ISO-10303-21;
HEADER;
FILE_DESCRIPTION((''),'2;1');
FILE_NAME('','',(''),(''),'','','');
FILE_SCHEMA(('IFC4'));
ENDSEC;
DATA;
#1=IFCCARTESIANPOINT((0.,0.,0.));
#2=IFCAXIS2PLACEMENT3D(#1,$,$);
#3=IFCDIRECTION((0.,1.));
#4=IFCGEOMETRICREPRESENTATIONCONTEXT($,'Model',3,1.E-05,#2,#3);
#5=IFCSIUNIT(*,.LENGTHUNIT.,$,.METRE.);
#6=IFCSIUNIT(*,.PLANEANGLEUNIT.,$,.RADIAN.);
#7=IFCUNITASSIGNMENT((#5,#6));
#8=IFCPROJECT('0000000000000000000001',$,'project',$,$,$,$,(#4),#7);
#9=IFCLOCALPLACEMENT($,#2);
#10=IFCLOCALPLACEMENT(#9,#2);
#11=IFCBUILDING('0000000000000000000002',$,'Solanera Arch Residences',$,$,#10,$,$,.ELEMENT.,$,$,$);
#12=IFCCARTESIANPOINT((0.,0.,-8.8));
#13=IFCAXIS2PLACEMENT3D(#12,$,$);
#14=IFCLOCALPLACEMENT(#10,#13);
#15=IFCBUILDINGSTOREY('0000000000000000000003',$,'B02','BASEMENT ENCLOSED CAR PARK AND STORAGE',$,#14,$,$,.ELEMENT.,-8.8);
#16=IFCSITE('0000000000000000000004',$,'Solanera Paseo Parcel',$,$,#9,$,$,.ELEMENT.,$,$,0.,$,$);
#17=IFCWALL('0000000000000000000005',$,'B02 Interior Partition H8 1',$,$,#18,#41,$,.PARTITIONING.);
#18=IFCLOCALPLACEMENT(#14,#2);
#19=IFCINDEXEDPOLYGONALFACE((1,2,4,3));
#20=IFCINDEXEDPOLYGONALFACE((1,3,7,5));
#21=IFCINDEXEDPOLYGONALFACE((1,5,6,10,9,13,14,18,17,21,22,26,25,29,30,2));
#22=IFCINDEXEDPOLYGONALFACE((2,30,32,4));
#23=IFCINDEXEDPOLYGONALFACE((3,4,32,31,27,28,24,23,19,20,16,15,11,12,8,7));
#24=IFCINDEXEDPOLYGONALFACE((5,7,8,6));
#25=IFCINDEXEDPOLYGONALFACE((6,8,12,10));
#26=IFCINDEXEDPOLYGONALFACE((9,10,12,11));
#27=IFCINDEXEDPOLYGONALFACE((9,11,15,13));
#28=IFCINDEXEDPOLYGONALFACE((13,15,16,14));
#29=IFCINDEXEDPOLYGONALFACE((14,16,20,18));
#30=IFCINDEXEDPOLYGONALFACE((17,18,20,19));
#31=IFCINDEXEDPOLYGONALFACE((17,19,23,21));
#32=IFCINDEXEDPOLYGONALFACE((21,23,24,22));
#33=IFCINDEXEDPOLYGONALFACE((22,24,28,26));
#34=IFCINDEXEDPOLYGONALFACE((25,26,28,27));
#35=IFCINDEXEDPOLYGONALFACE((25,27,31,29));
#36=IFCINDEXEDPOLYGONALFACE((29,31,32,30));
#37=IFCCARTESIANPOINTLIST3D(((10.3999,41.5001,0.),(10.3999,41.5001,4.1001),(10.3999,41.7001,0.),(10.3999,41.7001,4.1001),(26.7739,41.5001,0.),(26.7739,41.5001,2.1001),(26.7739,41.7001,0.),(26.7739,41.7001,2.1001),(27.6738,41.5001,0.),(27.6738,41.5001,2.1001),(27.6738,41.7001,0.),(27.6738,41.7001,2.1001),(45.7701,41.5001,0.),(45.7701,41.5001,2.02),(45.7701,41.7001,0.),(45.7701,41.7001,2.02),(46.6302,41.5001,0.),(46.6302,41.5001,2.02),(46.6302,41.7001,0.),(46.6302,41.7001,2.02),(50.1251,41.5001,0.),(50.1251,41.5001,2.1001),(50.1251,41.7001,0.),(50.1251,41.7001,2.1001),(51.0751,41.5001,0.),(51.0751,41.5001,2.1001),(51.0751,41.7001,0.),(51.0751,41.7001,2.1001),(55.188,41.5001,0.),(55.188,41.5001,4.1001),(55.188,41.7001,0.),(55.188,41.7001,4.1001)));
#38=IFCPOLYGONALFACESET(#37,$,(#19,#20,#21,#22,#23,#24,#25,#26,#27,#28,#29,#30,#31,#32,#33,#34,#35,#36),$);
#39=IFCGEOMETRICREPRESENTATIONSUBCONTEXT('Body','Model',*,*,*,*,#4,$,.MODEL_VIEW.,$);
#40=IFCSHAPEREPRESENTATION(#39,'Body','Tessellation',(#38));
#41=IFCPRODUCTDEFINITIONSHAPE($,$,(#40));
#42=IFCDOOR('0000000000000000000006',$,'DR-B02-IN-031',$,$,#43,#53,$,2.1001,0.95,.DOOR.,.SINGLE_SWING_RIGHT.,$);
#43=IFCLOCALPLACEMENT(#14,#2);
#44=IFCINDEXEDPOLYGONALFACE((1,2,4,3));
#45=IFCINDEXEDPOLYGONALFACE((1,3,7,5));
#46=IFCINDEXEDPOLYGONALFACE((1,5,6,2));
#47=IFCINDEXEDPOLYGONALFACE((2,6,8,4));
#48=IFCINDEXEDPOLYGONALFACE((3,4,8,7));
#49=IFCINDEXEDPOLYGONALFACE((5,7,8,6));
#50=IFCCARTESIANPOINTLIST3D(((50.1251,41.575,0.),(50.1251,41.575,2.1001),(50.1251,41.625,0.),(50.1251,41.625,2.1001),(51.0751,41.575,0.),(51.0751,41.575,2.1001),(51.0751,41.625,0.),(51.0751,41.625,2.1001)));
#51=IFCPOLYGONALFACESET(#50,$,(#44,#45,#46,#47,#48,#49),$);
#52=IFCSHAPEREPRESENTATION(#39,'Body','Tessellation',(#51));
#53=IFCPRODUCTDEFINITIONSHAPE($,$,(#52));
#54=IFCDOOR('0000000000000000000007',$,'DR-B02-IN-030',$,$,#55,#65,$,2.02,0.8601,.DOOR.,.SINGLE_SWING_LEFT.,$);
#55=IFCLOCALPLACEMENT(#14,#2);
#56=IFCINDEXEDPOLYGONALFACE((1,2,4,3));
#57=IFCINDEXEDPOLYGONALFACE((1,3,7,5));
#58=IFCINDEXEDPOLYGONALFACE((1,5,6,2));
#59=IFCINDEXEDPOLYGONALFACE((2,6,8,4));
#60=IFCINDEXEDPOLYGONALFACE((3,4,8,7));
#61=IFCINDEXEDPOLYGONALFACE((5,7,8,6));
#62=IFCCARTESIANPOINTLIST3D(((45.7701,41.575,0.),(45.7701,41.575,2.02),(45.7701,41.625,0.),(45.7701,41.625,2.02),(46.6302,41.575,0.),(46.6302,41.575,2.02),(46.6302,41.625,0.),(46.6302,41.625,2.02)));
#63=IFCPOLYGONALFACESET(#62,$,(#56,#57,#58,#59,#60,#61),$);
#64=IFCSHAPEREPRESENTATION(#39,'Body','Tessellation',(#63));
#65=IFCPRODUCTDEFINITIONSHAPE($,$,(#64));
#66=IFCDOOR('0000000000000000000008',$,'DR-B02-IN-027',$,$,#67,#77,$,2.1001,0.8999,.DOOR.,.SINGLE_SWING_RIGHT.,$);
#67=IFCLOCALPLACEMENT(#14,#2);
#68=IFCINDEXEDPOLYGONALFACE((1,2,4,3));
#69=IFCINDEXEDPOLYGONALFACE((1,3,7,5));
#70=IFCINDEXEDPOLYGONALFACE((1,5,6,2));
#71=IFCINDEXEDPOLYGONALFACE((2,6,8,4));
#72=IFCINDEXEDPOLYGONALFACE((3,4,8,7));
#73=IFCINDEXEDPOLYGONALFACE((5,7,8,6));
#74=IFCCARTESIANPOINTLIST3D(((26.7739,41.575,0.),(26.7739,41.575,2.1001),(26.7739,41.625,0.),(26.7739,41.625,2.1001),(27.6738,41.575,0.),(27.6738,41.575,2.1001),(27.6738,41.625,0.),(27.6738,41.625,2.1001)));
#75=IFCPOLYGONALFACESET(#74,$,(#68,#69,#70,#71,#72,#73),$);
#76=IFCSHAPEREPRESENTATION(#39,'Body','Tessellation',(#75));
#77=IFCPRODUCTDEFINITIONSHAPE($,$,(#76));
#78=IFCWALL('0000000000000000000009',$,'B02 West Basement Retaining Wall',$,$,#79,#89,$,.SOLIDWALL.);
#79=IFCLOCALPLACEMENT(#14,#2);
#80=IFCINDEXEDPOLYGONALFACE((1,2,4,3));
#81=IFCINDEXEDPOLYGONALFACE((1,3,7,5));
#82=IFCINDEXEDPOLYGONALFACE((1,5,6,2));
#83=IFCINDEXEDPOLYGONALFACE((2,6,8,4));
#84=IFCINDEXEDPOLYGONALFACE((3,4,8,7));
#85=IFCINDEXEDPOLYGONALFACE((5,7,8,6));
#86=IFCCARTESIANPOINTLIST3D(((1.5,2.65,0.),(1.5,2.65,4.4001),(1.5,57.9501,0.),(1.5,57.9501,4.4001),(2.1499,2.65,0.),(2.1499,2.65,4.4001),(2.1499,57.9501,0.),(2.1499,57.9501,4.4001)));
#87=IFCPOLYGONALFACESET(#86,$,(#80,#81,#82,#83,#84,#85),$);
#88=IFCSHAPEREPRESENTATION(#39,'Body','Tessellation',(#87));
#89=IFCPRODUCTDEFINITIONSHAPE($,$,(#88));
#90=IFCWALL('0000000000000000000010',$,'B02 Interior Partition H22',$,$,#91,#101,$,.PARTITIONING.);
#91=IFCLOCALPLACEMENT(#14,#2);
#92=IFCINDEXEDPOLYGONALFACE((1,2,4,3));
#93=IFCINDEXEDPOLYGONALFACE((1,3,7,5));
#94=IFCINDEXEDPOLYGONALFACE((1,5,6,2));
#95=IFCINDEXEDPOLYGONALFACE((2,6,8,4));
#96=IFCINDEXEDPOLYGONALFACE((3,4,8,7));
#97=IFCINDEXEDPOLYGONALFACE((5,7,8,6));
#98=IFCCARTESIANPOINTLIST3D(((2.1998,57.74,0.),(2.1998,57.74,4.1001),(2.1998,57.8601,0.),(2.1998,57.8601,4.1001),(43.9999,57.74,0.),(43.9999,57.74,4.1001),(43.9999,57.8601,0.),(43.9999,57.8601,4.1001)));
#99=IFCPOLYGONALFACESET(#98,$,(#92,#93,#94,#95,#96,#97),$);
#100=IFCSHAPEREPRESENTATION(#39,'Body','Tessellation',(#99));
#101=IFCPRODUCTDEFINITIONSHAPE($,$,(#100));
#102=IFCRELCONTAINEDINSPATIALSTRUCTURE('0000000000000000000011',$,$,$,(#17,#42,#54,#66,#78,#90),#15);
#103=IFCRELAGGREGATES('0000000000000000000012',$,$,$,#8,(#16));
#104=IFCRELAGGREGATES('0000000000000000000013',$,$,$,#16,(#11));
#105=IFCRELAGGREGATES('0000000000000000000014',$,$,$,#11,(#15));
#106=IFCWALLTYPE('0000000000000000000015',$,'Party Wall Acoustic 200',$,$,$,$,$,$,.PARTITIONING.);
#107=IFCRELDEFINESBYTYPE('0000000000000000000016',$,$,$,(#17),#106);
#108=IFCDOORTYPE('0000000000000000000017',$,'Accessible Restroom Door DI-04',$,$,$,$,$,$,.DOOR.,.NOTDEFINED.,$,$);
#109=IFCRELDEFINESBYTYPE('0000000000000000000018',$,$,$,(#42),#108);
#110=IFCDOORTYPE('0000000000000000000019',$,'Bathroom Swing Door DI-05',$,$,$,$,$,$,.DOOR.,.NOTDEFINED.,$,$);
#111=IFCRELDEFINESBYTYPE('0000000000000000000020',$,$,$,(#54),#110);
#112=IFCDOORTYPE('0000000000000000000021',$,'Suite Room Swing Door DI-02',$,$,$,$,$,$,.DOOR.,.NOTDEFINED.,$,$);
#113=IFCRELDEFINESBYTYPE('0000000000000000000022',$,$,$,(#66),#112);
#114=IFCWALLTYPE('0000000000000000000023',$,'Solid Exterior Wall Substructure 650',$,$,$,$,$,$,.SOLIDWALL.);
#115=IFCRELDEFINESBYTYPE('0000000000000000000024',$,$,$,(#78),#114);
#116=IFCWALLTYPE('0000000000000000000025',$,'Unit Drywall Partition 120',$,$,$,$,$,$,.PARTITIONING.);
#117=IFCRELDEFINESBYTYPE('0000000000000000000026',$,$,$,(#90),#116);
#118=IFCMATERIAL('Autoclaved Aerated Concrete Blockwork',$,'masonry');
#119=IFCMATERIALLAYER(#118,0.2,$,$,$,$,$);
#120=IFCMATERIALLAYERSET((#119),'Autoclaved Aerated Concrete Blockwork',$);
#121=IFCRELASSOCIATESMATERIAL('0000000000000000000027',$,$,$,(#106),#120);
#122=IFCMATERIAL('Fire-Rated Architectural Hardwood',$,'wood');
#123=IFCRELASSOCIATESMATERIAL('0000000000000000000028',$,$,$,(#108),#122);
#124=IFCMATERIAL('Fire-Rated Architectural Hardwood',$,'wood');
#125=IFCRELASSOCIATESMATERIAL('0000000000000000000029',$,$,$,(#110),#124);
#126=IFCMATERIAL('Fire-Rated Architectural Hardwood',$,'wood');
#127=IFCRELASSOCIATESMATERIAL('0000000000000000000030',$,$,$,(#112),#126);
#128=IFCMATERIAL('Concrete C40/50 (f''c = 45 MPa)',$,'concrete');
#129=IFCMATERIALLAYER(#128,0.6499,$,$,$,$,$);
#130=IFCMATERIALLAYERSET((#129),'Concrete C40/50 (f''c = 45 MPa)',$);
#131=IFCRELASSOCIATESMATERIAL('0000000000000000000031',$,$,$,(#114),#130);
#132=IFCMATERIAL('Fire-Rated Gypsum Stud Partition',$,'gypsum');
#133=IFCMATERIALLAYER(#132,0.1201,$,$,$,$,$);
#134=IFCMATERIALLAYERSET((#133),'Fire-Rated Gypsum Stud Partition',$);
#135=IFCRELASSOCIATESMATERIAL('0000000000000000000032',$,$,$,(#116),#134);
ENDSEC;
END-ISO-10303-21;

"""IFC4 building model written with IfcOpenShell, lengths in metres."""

from ifc_helpers import new_model, si_unit, direction, frame, frame_2d, origin, place, context, subcontext, project, spatial, rectangle, extrude, material, layer, layer_set, type_object, element, fill, save


model = new_model("IFC4")

# Units and contexts
model_context = context("Model", 3, precision=1e-05, world=origin(), true_north=direction((0.0, 1.0)))
body_context = subcontext(model_context, "Body", "Model", "MODEL_VIEW")
ifc_project = project(units=[si_unit("LENGTHUNIT", "METRE"), si_unit("PLANEANGLEUNIT", "RADIAN")], contexts=[model_context])

# Site, building, storey
site_placement = place(None, origin())
site = spatial("IfcSite", under=ifc_project, at=site_placement, Name="Solanera Paseo Parcel", CompositionType="ELEMENT", RefElevation=0.0)
building_placement = place(site_placement, origin())
building = spatial("IfcBuilding", under=site, at=building_placement, Name="Solanera Arch Residences", CompositionType="ELEMENT")
storey_placement = place(building_placement, frame((0.0, 0.0, -8.8)))
storey = spatial("IfcBuildingStorey", under=building, at=storey_placement, Name="B02", Description="BASEMENT ENCLOSED CAR PARK AND STORAGE", CompositionType="ELEMENT", Elevation=-8.8)

# Wall, openings, doors
ifc_material_1 = material(Name="Autoclaved Aerated Concrete Blockwork", Category="masonry")
ifc_layer_1 = layer(ifc_material_1, 0.2)
ifc_layer_set_1 = layer_set([ifc_layer_1], Name="Autoclaved Aerated Concrete Blockwork")
wall_type_1 = type_object("IfcWallType", Name="Party Wall Acoustic 200", PredefinedType="PARTITIONING", material=ifc_layer_set_1)
wall_1_placement = place(storey_placement, frame((10.3999, 41.6001, 0.0), z_axis=(0.0, 0.0, 1.0), x_axis=(1.0, 0.0, 0.0)))
wall_1 = element("IfcWall", 1, at=wall_1_placement, inside=storey, type_object=wall_type_1, Name="B02 Interior Partition H8 1", PredefinedType="PARTITIONING", context=body_context, shape_type="SweptSolid", body=[
    extrude(rectangle(XDim=44.7881, YDim=0.2, at=frame_2d((22.394, 0.0))), origin(), (0.0, 0.0, 1.0), 4.1001),
])
opening_1_placement = place(wall_1_placement, frame((16.374, 0.0, 0.0)))
opening_1 = element("IfcOpeningElement", 2, at=opening_1_placement, cuts=wall_1, PredefinedType="OPENING", context=body_context, shape_type="SweptSolid", body=[
    extrude(rectangle(XDim=0.8999, YDim=2.1001, at=frame_2d((0.45, 1.05))), frame((0.0, 0.1101, 0.0), z_axis=(0.0, -1.0, 0.0), x_axis=(1.0, 0.0, 0.0)), (0.0, 0.0, 1.0), 0.22),
])
opening_2_placement = place(wall_1_placement, frame((35.3701, 0.0, 0.0)))
opening_2 = element("IfcOpeningElement", 3, at=opening_2_placement, cuts=wall_1, PredefinedType="OPENING", context=body_context, shape_type="SweptSolid", body=[
    extrude(rectangle(XDim=0.8601, YDim=2.02, at=frame_2d((0.4302, 1.01))), frame((0.0, 0.1101, 0.0), z_axis=(0.0, -1.0, 0.0), x_axis=(1.0, 0.0, 0.0)), (0.0, 0.0, 1.0), 0.22),
])
opening_3_placement = place(wall_1_placement, frame((39.7251, 0.0, 0.0)))
opening_3 = element("IfcOpeningElement", 4, at=opening_3_placement, cuts=wall_1, PredefinedType="OPENING", context=body_context, shape_type="SweptSolid", body=[
    extrude(rectangle(XDim=0.95, YDim=2.1001, at=frame_2d((0.4751, 1.05))), frame((0.0, 0.1101, 0.0), z_axis=(0.0, -1.0, 0.0), x_axis=(1.0, 0.0, 0.0)), (0.0, 0.0, 1.0), 0.22),
])
ifc_material_2 = material(Name="Fire-Rated Architectural Hardwood", Category="wood")
door_type_1 = type_object("IfcDoorType", Name="Accessible Restroom Door DI-04", OperationType="NOTDEFINED", PredefinedType="DOOR", material=ifc_material_2)
door_1_placement = place(opening_3_placement, origin())
door_1 = element("IfcDoor", 5, at=door_1_placement, inside=storey, type_object=door_type_1, Name="DR-B02-IN-031", OperationType="SINGLE_SWING_RIGHT", OverallHeight=2.1001, OverallWidth=0.95, PredefinedType="DOOR", context=body_context, shape_type="SweptSolid", body=[
    extrude(rectangle(XDim=0.95, YDim=2.1001, at=frame_2d((0.4751, 1.05))), frame((0.0, 0.0249, 0.0), z_axis=(0.0, -1.0, 0.0), x_axis=(1.0, 0.0, 0.0)), (0.0, 0.0, 1.0), 0.05),
])
fill(opening_3, door_1)
ifc_material_3 = material(Name="Fire-Rated Architectural Hardwood", Category="wood")
door_type_2 = type_object("IfcDoorType", Name="Bathroom Swing Door DI-05", OperationType="NOTDEFINED", PredefinedType="DOOR", material=ifc_material_3)
door_2_placement = place(opening_2_placement, origin())
door_2 = element("IfcDoor", 6, at=door_2_placement, inside=storey, type_object=door_type_2, Name="DR-B02-IN-030", OperationType="SINGLE_SWING_LEFT", OverallHeight=2.02, OverallWidth=0.8601, PredefinedType="DOOR", context=body_context, shape_type="SweptSolid", body=[
    extrude(rectangle(XDim=0.8601, YDim=2.02, at=frame_2d((0.4302, 1.01))), frame((0.0, 0.0249, 0.0), z_axis=(0.0, -1.0, 0.0), x_axis=(1.0, 0.0, 0.0)), (0.0, 0.0, 1.0), 0.05),
])
fill(opening_2, door_2)
ifc_material_4 = material(Name="Fire-Rated Architectural Hardwood", Category="wood")
door_type_3 = type_object("IfcDoorType", Name="Suite Room Swing Door DI-02", OperationType="NOTDEFINED", PredefinedType="DOOR", material=ifc_material_4)
door_3_placement = place(opening_1_placement, origin())
door_3 = element("IfcDoor", 7, at=door_3_placement, inside=storey, type_object=door_type_3, Name="DR-B02-IN-027", OperationType="SINGLE_SWING_RIGHT", OverallHeight=2.1001, OverallWidth=0.8999, PredefinedType="DOOR", context=body_context, shape_type="SweptSolid", body=[
    extrude(rectangle(XDim=0.8999, YDim=2.1001, at=frame_2d((0.45, 1.05))), frame((0.0, 0.0249, 0.0), z_axis=(0.0, -1.0, 0.0), x_axis=(1.0, 0.0, 0.0)), (0.0, 0.0, 1.0), 0.05),
])
fill(opening_1, door_3)

# Walls
ifc_material_5 = material(Name="Concrete C40/50 (f'c = 45 MPa)", Category="concrete")
ifc_layer_2 = layer(ifc_material_5, 0.6499)
ifc_layer_set_2 = layer_set([ifc_layer_2], Name="Concrete C40/50 (f'c = 45 MPa)")
wall_type_2 = type_object("IfcWallType", Name="Solid Exterior Wall Substructure 650", PredefinedType="SOLIDWALL", material=ifc_layer_set_2)
wall_2_placement = place(storey_placement, frame((1.825, 57.95, 0.0), z_axis=(0.0, 0.0, 1.0), x_axis=(0.0, -1.0, 0.0)))
element("IfcWall", 8, at=wall_2_placement, inside=storey, type_object=wall_type_2, Name="B02 West Basement Retaining Wall", PredefinedType="SOLIDWALL", context=body_context, shape_type="SweptSolid", body=[
    extrude(rectangle(XDim=55.3, YDim=0.6499, at=frame_2d((27.6499, 0.0))), origin(), (0.0, 0.0, 1.0), 4.4001),
])
ifc_material_6 = material(Name="Fire-Rated Gypsum Stud Partition", Category="gypsum")
ifc_layer_3 = layer(ifc_material_6, 0.1201)
ifc_layer_set_3 = layer_set([ifc_layer_3], Name="Fire-Rated Gypsum Stud Partition")
wall_type_3 = type_object("IfcWallType", Name="Unit Drywall Partition 120", PredefinedType="PARTITIONING", material=ifc_layer_set_3)
wall_3_placement = place(storey_placement, frame((2.2, 57.8, 0.0), z_axis=(0.0, 0.0, 1.0), x_axis=(1.0, 0.0, 0.0)))
element("IfcWall", 9, at=wall_3_placement, inside=storey, type_object=wall_type_3, Name="B02 Interior Partition H22", PredefinedType="PARTITIONING", context=body_context, shape_type="SweptSolid", body=[
    extrude(rectangle(XDim=41.8, YDim=0.1201, at=frame_2d((20.8999, 0.0))), origin(), (0.0, 0.0, 1.0), 4.1001),
])

save(model, "model.ifc")
